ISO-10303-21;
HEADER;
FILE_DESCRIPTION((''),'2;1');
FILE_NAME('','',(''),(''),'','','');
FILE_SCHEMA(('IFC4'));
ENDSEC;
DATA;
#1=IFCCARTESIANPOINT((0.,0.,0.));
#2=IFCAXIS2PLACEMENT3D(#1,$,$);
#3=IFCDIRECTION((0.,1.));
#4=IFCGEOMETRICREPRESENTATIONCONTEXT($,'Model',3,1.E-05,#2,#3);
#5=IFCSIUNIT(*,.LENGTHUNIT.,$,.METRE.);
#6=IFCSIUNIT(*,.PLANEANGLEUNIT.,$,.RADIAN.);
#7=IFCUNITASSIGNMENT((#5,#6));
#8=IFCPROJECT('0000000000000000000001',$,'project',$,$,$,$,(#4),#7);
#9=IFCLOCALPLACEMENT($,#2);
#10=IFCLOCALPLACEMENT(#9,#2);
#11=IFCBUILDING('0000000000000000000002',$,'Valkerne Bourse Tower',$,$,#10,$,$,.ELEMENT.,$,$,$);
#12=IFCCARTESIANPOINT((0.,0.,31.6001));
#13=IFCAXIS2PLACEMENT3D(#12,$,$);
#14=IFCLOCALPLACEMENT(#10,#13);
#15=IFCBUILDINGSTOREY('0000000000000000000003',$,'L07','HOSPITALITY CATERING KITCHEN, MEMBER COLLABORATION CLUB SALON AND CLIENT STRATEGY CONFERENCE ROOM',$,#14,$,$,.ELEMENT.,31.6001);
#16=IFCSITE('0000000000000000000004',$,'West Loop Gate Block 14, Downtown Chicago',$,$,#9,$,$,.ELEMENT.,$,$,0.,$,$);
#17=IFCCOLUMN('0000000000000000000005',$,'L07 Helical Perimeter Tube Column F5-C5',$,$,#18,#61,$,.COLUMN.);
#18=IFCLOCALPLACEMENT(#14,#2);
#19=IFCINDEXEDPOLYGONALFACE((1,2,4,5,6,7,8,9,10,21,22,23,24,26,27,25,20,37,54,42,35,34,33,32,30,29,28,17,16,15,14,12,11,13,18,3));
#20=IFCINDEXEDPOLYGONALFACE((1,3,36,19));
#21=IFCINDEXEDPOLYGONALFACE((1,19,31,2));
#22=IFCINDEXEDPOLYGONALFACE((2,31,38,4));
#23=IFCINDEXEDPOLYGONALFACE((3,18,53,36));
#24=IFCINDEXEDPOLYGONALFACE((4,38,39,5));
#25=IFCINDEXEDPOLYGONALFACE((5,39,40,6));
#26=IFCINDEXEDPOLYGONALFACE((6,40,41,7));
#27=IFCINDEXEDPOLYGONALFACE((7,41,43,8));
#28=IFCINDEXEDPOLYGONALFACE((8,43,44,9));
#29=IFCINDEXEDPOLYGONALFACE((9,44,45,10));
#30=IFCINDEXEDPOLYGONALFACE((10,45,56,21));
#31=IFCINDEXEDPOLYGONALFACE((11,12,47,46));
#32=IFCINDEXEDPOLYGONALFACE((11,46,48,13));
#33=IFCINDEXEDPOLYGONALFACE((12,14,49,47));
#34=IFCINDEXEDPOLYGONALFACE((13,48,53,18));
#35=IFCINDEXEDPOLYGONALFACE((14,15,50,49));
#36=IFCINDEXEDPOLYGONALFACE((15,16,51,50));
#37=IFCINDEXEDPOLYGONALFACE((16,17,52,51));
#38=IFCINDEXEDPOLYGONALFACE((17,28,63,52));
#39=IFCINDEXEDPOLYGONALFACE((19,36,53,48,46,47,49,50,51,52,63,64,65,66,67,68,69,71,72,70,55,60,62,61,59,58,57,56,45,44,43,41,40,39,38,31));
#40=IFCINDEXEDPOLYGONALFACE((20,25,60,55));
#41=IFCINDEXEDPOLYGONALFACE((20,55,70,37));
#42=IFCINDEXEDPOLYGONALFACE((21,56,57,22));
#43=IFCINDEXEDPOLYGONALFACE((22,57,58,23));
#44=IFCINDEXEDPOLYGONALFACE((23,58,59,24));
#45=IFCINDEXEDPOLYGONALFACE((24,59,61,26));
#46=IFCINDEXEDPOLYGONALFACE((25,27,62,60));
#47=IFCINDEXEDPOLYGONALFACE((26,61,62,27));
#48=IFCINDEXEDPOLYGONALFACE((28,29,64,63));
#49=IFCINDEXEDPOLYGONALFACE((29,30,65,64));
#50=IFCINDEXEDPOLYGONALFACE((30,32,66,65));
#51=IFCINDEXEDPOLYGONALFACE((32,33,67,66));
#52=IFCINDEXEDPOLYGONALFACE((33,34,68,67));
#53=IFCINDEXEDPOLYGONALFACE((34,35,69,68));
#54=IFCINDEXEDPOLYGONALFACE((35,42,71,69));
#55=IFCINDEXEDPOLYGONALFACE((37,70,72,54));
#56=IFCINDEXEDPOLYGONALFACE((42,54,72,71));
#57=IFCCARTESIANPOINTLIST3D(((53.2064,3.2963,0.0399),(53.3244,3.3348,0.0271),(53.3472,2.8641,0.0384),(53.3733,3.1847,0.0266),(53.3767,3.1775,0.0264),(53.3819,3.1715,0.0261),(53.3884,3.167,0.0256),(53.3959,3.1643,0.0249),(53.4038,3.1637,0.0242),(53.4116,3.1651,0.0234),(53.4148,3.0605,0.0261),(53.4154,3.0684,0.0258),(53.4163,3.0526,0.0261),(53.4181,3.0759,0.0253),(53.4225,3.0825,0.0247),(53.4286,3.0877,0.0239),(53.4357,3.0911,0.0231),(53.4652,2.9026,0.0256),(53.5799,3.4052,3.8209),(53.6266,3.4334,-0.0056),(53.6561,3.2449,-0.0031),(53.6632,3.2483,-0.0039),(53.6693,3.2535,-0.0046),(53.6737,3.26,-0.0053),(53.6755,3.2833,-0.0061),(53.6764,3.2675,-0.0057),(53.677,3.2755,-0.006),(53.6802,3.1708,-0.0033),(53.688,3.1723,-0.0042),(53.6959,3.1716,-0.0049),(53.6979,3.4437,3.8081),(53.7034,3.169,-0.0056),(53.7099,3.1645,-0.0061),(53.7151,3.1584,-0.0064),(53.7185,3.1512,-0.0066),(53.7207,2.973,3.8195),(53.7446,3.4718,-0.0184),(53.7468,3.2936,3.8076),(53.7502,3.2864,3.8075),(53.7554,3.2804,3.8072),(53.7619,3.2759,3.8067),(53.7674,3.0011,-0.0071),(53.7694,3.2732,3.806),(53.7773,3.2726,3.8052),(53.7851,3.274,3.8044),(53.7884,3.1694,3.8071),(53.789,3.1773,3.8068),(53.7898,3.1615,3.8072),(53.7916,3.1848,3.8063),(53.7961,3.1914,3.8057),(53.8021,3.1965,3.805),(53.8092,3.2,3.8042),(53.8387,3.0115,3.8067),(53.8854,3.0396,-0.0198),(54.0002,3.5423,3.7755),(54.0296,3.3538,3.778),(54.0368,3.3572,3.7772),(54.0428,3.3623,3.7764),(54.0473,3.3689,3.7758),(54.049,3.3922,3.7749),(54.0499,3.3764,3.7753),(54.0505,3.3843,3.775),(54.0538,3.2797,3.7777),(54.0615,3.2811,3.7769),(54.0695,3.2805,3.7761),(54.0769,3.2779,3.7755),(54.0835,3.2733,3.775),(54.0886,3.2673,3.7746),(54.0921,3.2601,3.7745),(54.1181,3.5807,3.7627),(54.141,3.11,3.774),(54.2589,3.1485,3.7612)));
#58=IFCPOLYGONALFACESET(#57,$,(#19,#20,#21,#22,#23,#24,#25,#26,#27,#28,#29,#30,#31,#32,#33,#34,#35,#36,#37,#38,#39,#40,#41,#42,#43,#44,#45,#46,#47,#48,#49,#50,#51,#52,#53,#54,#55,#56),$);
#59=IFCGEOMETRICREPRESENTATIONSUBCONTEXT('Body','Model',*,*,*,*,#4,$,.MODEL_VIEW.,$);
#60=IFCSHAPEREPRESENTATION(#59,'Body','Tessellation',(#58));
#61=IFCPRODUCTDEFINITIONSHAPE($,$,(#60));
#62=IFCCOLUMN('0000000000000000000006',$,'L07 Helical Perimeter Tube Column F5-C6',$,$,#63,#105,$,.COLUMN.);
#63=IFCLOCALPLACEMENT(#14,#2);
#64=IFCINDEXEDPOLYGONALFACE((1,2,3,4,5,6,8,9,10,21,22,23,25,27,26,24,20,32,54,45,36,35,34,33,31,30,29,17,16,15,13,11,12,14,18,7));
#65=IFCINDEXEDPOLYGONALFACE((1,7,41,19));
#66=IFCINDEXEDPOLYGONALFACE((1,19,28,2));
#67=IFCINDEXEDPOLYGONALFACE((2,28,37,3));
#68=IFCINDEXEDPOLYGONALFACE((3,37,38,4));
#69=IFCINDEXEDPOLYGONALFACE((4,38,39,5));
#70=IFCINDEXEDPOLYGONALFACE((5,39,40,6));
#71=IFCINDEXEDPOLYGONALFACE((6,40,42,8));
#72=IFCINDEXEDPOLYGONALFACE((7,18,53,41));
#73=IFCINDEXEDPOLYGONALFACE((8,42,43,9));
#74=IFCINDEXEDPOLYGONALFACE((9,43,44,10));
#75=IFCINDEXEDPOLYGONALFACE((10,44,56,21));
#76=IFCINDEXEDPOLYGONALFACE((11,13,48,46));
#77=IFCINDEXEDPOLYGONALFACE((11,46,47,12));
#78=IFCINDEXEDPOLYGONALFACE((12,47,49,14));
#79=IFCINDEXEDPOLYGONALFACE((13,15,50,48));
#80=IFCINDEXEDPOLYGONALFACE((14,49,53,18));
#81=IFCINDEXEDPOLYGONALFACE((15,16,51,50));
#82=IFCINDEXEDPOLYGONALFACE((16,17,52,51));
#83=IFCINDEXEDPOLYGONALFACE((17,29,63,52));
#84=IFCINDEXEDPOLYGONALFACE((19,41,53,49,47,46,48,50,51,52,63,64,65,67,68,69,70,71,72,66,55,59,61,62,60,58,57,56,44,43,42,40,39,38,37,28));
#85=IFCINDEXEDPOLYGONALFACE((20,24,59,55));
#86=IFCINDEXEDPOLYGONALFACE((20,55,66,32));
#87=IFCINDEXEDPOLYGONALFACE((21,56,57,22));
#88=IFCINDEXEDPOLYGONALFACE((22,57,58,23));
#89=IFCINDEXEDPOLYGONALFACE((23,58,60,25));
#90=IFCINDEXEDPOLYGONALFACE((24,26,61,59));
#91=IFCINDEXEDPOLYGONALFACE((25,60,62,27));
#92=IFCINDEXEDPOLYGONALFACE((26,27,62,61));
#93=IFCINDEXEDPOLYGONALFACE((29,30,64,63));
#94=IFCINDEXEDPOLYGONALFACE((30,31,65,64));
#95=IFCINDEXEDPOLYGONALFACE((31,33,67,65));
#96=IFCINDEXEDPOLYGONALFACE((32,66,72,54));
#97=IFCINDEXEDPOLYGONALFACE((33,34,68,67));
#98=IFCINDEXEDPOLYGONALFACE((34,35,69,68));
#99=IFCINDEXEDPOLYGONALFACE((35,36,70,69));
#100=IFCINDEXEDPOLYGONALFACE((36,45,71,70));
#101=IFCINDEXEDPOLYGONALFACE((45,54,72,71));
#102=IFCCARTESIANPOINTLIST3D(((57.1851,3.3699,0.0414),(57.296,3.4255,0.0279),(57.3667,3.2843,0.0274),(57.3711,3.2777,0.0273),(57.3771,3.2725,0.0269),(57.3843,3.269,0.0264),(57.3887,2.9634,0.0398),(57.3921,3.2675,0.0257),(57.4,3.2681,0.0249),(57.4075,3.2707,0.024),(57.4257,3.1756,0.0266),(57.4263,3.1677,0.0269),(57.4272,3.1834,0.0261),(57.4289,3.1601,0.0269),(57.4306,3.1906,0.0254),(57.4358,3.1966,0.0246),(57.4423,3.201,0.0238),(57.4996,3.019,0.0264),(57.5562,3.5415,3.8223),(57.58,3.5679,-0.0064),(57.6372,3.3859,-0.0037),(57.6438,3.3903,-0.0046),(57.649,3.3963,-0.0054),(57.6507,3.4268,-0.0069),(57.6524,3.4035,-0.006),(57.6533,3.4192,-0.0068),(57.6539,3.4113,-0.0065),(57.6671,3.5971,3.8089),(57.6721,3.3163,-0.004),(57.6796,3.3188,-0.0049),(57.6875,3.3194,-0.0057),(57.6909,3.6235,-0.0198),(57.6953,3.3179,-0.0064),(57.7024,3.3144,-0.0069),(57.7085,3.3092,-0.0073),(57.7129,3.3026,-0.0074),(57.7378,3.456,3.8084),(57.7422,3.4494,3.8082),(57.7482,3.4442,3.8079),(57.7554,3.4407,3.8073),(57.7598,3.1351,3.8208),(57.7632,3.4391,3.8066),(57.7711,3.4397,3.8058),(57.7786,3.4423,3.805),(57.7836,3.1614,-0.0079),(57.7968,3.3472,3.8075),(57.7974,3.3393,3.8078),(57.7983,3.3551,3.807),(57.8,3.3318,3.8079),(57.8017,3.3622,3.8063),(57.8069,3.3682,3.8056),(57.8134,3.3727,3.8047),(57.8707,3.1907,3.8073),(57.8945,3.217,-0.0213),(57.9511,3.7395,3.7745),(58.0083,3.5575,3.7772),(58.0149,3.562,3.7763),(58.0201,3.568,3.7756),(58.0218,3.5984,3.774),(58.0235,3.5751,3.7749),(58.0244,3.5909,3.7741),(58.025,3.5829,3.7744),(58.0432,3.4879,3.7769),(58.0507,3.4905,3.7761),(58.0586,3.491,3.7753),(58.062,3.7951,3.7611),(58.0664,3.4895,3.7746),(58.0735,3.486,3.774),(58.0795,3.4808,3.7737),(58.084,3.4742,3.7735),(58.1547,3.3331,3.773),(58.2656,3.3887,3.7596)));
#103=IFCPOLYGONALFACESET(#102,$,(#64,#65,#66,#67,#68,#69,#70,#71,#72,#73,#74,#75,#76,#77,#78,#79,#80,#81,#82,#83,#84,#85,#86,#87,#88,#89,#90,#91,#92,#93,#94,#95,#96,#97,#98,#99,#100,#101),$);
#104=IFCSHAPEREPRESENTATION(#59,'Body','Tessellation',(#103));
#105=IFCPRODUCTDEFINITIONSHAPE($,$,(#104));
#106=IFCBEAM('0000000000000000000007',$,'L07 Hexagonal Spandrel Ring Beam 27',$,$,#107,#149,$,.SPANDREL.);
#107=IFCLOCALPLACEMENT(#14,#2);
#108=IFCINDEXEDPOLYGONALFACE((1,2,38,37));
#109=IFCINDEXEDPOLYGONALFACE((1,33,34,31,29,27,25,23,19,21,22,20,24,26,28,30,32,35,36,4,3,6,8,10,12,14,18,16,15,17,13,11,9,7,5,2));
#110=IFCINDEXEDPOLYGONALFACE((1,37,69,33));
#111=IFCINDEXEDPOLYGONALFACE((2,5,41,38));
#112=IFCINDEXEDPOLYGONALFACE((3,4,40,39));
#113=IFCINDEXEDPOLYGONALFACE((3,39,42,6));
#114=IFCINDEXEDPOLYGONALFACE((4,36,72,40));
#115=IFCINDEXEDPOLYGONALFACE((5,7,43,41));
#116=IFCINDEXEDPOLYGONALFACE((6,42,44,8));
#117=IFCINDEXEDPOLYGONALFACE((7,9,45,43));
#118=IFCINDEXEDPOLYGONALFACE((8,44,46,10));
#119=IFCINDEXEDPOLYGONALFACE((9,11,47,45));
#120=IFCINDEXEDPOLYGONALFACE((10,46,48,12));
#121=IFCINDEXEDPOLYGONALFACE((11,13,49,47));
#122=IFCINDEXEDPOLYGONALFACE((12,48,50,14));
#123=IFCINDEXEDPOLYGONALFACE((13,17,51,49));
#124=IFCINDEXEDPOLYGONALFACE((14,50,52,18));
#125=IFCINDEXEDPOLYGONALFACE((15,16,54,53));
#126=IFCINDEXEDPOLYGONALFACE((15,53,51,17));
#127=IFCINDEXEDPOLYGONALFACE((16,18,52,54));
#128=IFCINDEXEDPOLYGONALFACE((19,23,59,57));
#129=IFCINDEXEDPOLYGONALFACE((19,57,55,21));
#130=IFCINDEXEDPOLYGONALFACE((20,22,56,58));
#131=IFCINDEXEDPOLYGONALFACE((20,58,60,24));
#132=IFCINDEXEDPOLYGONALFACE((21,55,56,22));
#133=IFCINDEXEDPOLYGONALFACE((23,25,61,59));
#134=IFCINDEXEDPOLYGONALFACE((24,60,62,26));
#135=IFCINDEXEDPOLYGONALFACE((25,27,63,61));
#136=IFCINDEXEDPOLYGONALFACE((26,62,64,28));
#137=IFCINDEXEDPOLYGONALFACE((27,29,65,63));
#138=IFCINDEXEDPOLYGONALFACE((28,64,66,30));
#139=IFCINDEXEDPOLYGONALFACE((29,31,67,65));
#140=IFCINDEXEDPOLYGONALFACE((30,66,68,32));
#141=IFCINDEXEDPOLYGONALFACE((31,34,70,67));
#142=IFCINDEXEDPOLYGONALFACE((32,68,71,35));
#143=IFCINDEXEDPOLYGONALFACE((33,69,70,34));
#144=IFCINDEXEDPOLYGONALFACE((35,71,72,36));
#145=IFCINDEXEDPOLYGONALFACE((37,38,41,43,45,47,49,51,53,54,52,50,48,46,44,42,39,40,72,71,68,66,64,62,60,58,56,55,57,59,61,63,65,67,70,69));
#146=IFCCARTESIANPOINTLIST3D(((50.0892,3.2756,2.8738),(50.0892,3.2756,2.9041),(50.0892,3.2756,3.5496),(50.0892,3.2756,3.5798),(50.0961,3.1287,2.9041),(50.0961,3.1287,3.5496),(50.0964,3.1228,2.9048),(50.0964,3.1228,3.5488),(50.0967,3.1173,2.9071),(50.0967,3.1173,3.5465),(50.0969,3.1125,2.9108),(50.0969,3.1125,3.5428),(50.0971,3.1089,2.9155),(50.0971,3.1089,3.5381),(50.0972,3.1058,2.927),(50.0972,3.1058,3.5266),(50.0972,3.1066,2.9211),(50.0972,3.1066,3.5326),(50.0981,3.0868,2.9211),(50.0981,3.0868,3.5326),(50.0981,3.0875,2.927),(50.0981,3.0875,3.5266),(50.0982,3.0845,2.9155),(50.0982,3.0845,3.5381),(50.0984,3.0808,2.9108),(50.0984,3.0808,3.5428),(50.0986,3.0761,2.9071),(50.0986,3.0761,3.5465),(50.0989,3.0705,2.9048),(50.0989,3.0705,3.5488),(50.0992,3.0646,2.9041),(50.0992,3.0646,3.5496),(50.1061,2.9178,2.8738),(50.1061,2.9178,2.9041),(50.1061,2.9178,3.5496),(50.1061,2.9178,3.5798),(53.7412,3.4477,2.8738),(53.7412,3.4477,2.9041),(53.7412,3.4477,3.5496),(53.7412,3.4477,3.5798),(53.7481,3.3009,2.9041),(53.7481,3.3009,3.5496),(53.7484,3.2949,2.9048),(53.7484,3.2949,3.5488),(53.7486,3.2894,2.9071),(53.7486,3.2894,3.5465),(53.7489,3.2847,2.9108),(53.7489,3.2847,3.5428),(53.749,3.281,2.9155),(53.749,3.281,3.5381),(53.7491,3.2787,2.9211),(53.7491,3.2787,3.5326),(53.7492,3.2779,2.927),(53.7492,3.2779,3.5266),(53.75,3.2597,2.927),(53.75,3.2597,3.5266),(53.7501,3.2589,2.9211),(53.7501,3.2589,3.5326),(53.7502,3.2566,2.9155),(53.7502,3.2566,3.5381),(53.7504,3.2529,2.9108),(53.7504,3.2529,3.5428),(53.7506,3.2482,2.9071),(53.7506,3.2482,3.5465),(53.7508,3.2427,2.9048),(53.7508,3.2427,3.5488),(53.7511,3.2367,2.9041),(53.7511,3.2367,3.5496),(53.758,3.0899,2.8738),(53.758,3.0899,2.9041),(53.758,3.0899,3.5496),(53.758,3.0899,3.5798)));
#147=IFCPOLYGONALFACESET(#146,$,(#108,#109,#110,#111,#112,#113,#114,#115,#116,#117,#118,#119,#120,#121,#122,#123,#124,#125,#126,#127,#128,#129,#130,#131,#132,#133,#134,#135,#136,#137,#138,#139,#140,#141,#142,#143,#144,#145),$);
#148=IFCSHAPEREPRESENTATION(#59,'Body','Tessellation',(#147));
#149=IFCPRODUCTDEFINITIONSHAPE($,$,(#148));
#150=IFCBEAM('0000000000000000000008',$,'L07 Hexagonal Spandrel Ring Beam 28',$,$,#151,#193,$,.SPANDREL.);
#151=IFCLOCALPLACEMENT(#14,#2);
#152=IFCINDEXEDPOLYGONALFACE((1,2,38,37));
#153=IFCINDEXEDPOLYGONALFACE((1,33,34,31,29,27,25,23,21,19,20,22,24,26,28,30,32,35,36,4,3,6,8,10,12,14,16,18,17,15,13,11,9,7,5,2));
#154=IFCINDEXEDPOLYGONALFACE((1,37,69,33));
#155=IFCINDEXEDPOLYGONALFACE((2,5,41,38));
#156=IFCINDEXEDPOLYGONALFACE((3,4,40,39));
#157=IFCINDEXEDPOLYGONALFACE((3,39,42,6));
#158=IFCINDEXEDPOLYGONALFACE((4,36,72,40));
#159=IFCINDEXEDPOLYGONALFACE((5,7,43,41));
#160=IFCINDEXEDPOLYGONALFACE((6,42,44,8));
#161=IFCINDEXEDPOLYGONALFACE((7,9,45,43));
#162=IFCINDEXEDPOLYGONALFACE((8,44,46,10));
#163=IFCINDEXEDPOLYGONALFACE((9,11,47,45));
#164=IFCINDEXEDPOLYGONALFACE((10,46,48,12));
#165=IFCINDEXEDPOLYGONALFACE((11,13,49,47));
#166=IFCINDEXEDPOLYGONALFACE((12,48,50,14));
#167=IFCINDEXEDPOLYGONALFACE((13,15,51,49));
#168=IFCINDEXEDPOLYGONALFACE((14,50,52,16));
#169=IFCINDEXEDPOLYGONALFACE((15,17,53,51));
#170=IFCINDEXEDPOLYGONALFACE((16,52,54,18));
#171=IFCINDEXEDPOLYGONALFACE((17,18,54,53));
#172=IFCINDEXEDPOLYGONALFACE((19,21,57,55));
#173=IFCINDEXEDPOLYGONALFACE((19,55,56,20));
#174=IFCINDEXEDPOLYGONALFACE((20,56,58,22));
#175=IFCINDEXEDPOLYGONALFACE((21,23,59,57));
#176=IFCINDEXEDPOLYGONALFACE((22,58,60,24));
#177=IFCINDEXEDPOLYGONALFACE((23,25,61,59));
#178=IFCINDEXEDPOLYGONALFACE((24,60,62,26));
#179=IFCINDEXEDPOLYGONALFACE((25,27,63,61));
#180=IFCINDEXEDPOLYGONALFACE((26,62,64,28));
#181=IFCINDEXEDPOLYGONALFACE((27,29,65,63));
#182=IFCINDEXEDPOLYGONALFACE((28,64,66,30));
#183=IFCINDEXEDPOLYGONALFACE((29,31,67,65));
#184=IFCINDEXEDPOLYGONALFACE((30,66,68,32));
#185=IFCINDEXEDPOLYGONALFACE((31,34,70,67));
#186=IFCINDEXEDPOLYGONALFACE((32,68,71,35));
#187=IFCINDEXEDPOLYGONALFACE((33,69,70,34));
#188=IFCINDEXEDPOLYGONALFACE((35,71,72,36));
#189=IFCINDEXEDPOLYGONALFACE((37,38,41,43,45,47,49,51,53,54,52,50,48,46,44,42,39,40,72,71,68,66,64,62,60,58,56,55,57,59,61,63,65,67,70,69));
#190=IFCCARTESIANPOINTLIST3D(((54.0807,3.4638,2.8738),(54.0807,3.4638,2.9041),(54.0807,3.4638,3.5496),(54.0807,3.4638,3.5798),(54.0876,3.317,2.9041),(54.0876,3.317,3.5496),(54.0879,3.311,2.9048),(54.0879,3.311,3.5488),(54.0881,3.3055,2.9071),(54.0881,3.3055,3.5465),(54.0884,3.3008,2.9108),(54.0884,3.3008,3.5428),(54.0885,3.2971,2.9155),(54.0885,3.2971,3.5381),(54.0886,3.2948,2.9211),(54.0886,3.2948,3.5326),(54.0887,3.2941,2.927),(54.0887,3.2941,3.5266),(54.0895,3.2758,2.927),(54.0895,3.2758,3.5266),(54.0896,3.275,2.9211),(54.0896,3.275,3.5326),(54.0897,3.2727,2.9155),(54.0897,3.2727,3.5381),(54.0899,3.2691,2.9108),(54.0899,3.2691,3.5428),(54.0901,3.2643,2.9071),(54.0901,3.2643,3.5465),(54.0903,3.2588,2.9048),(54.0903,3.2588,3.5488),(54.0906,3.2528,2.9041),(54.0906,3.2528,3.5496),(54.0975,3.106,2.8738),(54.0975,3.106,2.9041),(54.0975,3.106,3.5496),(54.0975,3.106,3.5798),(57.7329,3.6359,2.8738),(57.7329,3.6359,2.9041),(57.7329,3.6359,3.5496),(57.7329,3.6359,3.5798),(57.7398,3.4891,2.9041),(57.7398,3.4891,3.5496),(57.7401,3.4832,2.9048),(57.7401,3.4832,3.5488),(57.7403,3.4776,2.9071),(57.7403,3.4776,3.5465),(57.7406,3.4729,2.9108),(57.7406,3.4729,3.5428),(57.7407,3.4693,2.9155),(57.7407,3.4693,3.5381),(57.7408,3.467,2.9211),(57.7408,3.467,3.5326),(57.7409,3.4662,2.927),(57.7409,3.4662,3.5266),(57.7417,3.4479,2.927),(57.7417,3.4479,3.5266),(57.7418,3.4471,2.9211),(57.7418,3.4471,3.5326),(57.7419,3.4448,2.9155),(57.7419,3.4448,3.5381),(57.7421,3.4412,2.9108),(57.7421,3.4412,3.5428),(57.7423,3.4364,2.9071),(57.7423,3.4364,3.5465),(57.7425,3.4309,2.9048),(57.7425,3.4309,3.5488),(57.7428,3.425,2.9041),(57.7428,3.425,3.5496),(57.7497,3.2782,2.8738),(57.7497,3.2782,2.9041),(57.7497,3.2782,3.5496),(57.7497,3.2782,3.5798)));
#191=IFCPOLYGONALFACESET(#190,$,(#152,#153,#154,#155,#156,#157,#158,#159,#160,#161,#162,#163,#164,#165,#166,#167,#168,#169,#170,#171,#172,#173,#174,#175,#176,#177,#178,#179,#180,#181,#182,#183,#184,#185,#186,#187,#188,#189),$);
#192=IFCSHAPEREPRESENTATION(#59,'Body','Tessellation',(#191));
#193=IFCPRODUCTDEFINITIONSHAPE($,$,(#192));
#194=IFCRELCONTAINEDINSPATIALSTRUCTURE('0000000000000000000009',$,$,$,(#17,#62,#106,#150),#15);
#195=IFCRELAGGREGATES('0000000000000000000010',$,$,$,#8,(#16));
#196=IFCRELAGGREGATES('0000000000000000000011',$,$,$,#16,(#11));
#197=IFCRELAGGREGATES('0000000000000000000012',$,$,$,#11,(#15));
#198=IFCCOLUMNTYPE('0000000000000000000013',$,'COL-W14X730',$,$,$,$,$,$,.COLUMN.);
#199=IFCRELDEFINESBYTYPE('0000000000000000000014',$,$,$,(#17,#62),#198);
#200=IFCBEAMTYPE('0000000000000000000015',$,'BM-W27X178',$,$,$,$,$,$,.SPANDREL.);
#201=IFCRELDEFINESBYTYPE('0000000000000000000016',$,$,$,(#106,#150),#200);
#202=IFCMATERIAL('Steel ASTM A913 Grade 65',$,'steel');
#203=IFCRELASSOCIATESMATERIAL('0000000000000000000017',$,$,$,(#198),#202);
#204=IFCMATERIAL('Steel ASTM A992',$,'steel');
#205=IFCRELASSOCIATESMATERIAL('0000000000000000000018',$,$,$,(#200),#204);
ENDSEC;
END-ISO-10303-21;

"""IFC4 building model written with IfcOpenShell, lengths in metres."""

from ifc_helpers import new_model, si_unit, direction, frame, origin, origin_2d, place, context, subcontext, project, spatial, i_section, extrude, material, material_profile, profile_set, type_object, element, save


model = new_model("IFC4")

# Units and contexts
model_context = context("Model", 3, precision=1e-05, world=origin(), true_north=direction((0.0, 1.0)))
body_context = subcontext(model_context, "Body", "Model", "MODEL_VIEW")
ifc_project = project(units=[si_unit("LENGTHUNIT", "METRE"), si_unit("PLANEANGLEUNIT", "RADIAN")], contexts=[model_context])

# Site, building, storey
site_placement = place(None, origin())
site = spatial("IfcSite", under=ifc_project, at=site_placement, Name="West Loop Gate Block 14, Downtown Chicago", CompositionType="ELEMENT", RefElevation=0.0)
building_placement = place(site_placement, origin())
building = spatial("IfcBuilding", under=site, at=building_placement, Name="Valkerne Bourse Tower", CompositionType="ELEMENT")
storey_placement = place(building_placement, frame((0.0, 0.0, 31.6001)))
storey = spatial("IfcBuildingStorey", under=building, at=storey_placement, Name="L07", Description="HOSPITALITY CATERING KITCHEN, MEMBER COLLABORATION CLUB SALON AND CLIENT STRATEGY CONFERENCE ROOM", CompositionType="ELEMENT", Elevation=31.6001)

# Columns
ifc_material_1 = material(Name="Steel ASTM A913 Grade 65", Category="steel")
ifc_material_profile_1 = material_profile(ifc_material_1, i_section(OverallWidth=0.4546, OverallDepth=0.5691, WebThickness=0.0779, FlangeThickness=0.1248, FilletRadius=0.0305, at=origin_2d()), Name="W14X730")
ifc_profile_set_1 = profile_set([ifc_material_profile_1], Name="Steel ASTM A913 Grade 65")
column_type = type_object("IfcColumnType", Name="COL-W14X730", PredefinedType="COLUMN", material=ifc_profile_set_1)
column_1_placement = place(storey_placement, frame((53.5459, 3.168, 0.01), z_axis=(0.098274, 0.028647, 0.994747), x_axis=(-0.309715, 0.950824, 0.003215)))
element("IfcColumn", 1, at=column_1_placement, inside=storey, type_object=column_type, Name="L07 Helical Perimeter Tube Column F5-C5", PredefinedType="COLUMN", context=body_context, shape_type="SweptSolid", body=[
    extrude(i_section(OverallWidth=0.4546, OverallDepth=0.5691, WebThickness=0.0779, FlangeThickness=0.1248, FilletRadius=0.0305, at=origin_2d()), origin(), (0.0, 0.0, 1.0), 3.801),
])
column_2_placement = place(storey_placement, frame((57.5398, 3.2935, 0.01), z_axis=(0.097578, 0.04513, 0.994204), x_axis=(-0.447914, 0.89407, 0.003377)))
element("IfcColumn", 2, at=column_2_placement, inside=storey, type_object=column_type, Name="L07 Helical Perimeter Tube Column F5-C6", PredefinedType="COLUMN", context=body_context, shape_type="SweptSolid", body=[
    extrude(i_section(OverallWidth=0.4546, OverallDepth=0.5691, WebThickness=0.0779, FlangeThickness=0.1248, FilletRadius=0.0305, at=origin_2d()), origin(), (0.0, 0.0, 1.0), 3.803),
])

# Beams
ifc_material_2 = material(Name="Steel ASTM A992", Category="steel")
ifc_material_profile_2 = material_profile(ifc_material_2, i_section(OverallWidth=0.3582, OverallDepth=0.7061, WebThickness=0.0183, FlangeThickness=0.0303, FilletRadius=0.0229, at=origin_2d()), Name="W27X178")
ifc_profile_set_2 = profile_set([ifc_material_profile_2], Name="Steel ASTM A992")
beam_type = type_object("IfcBeamType", Name="BM-W27X178", PredefinedType="SPANDREL", material=ifc_profile_set_2)
beam_1_placement = place(storey_placement, frame((50.0977, 3.0967, 3.2268), z_axis=(0.998891, 0.04708, 0.0), x_axis=(-0.04708, 0.998891, 0.0)))
element("IfcBeam", 3, at=beam_1_placement, inside=storey, type_object=beam_type, Name="L07 Hexagonal Spandrel Ring Beam 27", PredefinedType="SPANDREL", context=body_context, shape_type="SweptSolid", body=[
    extrude(i_section(OverallWidth=0.3582, OverallDepth=0.7061, WebThickness=0.0183, FlangeThickness=0.0303, FilletRadius=0.0229, at=origin_2d()), origin(), (0.0, 0.0, 1.0), 3.656),
])
beam_2_placement = place(storey_placement, frame((54.0891, 3.2849, 3.2268), z_axis=(0.998891, 0.047077, 0.0), x_axis=(-0.047077, 0.998891, 0.0)))
element("IfcBeam", 4, at=beam_2_placement, inside=storey, type_object=beam_type, Name="L07 Hexagonal Spandrel Ring Beam 28", PredefinedType="SPANDREL", context=body_context, shape_type="SweptSolid", body=[
    extrude(i_section(OverallWidth=0.3582, OverallDepth=0.7061, WebThickness=0.0183, FlangeThickness=0.0303, FilletRadius=0.0229, at=origin_2d()), origin(), (0.0, 0.0, 1.0), 3.6562),
])

save(model, "model.ifc")
